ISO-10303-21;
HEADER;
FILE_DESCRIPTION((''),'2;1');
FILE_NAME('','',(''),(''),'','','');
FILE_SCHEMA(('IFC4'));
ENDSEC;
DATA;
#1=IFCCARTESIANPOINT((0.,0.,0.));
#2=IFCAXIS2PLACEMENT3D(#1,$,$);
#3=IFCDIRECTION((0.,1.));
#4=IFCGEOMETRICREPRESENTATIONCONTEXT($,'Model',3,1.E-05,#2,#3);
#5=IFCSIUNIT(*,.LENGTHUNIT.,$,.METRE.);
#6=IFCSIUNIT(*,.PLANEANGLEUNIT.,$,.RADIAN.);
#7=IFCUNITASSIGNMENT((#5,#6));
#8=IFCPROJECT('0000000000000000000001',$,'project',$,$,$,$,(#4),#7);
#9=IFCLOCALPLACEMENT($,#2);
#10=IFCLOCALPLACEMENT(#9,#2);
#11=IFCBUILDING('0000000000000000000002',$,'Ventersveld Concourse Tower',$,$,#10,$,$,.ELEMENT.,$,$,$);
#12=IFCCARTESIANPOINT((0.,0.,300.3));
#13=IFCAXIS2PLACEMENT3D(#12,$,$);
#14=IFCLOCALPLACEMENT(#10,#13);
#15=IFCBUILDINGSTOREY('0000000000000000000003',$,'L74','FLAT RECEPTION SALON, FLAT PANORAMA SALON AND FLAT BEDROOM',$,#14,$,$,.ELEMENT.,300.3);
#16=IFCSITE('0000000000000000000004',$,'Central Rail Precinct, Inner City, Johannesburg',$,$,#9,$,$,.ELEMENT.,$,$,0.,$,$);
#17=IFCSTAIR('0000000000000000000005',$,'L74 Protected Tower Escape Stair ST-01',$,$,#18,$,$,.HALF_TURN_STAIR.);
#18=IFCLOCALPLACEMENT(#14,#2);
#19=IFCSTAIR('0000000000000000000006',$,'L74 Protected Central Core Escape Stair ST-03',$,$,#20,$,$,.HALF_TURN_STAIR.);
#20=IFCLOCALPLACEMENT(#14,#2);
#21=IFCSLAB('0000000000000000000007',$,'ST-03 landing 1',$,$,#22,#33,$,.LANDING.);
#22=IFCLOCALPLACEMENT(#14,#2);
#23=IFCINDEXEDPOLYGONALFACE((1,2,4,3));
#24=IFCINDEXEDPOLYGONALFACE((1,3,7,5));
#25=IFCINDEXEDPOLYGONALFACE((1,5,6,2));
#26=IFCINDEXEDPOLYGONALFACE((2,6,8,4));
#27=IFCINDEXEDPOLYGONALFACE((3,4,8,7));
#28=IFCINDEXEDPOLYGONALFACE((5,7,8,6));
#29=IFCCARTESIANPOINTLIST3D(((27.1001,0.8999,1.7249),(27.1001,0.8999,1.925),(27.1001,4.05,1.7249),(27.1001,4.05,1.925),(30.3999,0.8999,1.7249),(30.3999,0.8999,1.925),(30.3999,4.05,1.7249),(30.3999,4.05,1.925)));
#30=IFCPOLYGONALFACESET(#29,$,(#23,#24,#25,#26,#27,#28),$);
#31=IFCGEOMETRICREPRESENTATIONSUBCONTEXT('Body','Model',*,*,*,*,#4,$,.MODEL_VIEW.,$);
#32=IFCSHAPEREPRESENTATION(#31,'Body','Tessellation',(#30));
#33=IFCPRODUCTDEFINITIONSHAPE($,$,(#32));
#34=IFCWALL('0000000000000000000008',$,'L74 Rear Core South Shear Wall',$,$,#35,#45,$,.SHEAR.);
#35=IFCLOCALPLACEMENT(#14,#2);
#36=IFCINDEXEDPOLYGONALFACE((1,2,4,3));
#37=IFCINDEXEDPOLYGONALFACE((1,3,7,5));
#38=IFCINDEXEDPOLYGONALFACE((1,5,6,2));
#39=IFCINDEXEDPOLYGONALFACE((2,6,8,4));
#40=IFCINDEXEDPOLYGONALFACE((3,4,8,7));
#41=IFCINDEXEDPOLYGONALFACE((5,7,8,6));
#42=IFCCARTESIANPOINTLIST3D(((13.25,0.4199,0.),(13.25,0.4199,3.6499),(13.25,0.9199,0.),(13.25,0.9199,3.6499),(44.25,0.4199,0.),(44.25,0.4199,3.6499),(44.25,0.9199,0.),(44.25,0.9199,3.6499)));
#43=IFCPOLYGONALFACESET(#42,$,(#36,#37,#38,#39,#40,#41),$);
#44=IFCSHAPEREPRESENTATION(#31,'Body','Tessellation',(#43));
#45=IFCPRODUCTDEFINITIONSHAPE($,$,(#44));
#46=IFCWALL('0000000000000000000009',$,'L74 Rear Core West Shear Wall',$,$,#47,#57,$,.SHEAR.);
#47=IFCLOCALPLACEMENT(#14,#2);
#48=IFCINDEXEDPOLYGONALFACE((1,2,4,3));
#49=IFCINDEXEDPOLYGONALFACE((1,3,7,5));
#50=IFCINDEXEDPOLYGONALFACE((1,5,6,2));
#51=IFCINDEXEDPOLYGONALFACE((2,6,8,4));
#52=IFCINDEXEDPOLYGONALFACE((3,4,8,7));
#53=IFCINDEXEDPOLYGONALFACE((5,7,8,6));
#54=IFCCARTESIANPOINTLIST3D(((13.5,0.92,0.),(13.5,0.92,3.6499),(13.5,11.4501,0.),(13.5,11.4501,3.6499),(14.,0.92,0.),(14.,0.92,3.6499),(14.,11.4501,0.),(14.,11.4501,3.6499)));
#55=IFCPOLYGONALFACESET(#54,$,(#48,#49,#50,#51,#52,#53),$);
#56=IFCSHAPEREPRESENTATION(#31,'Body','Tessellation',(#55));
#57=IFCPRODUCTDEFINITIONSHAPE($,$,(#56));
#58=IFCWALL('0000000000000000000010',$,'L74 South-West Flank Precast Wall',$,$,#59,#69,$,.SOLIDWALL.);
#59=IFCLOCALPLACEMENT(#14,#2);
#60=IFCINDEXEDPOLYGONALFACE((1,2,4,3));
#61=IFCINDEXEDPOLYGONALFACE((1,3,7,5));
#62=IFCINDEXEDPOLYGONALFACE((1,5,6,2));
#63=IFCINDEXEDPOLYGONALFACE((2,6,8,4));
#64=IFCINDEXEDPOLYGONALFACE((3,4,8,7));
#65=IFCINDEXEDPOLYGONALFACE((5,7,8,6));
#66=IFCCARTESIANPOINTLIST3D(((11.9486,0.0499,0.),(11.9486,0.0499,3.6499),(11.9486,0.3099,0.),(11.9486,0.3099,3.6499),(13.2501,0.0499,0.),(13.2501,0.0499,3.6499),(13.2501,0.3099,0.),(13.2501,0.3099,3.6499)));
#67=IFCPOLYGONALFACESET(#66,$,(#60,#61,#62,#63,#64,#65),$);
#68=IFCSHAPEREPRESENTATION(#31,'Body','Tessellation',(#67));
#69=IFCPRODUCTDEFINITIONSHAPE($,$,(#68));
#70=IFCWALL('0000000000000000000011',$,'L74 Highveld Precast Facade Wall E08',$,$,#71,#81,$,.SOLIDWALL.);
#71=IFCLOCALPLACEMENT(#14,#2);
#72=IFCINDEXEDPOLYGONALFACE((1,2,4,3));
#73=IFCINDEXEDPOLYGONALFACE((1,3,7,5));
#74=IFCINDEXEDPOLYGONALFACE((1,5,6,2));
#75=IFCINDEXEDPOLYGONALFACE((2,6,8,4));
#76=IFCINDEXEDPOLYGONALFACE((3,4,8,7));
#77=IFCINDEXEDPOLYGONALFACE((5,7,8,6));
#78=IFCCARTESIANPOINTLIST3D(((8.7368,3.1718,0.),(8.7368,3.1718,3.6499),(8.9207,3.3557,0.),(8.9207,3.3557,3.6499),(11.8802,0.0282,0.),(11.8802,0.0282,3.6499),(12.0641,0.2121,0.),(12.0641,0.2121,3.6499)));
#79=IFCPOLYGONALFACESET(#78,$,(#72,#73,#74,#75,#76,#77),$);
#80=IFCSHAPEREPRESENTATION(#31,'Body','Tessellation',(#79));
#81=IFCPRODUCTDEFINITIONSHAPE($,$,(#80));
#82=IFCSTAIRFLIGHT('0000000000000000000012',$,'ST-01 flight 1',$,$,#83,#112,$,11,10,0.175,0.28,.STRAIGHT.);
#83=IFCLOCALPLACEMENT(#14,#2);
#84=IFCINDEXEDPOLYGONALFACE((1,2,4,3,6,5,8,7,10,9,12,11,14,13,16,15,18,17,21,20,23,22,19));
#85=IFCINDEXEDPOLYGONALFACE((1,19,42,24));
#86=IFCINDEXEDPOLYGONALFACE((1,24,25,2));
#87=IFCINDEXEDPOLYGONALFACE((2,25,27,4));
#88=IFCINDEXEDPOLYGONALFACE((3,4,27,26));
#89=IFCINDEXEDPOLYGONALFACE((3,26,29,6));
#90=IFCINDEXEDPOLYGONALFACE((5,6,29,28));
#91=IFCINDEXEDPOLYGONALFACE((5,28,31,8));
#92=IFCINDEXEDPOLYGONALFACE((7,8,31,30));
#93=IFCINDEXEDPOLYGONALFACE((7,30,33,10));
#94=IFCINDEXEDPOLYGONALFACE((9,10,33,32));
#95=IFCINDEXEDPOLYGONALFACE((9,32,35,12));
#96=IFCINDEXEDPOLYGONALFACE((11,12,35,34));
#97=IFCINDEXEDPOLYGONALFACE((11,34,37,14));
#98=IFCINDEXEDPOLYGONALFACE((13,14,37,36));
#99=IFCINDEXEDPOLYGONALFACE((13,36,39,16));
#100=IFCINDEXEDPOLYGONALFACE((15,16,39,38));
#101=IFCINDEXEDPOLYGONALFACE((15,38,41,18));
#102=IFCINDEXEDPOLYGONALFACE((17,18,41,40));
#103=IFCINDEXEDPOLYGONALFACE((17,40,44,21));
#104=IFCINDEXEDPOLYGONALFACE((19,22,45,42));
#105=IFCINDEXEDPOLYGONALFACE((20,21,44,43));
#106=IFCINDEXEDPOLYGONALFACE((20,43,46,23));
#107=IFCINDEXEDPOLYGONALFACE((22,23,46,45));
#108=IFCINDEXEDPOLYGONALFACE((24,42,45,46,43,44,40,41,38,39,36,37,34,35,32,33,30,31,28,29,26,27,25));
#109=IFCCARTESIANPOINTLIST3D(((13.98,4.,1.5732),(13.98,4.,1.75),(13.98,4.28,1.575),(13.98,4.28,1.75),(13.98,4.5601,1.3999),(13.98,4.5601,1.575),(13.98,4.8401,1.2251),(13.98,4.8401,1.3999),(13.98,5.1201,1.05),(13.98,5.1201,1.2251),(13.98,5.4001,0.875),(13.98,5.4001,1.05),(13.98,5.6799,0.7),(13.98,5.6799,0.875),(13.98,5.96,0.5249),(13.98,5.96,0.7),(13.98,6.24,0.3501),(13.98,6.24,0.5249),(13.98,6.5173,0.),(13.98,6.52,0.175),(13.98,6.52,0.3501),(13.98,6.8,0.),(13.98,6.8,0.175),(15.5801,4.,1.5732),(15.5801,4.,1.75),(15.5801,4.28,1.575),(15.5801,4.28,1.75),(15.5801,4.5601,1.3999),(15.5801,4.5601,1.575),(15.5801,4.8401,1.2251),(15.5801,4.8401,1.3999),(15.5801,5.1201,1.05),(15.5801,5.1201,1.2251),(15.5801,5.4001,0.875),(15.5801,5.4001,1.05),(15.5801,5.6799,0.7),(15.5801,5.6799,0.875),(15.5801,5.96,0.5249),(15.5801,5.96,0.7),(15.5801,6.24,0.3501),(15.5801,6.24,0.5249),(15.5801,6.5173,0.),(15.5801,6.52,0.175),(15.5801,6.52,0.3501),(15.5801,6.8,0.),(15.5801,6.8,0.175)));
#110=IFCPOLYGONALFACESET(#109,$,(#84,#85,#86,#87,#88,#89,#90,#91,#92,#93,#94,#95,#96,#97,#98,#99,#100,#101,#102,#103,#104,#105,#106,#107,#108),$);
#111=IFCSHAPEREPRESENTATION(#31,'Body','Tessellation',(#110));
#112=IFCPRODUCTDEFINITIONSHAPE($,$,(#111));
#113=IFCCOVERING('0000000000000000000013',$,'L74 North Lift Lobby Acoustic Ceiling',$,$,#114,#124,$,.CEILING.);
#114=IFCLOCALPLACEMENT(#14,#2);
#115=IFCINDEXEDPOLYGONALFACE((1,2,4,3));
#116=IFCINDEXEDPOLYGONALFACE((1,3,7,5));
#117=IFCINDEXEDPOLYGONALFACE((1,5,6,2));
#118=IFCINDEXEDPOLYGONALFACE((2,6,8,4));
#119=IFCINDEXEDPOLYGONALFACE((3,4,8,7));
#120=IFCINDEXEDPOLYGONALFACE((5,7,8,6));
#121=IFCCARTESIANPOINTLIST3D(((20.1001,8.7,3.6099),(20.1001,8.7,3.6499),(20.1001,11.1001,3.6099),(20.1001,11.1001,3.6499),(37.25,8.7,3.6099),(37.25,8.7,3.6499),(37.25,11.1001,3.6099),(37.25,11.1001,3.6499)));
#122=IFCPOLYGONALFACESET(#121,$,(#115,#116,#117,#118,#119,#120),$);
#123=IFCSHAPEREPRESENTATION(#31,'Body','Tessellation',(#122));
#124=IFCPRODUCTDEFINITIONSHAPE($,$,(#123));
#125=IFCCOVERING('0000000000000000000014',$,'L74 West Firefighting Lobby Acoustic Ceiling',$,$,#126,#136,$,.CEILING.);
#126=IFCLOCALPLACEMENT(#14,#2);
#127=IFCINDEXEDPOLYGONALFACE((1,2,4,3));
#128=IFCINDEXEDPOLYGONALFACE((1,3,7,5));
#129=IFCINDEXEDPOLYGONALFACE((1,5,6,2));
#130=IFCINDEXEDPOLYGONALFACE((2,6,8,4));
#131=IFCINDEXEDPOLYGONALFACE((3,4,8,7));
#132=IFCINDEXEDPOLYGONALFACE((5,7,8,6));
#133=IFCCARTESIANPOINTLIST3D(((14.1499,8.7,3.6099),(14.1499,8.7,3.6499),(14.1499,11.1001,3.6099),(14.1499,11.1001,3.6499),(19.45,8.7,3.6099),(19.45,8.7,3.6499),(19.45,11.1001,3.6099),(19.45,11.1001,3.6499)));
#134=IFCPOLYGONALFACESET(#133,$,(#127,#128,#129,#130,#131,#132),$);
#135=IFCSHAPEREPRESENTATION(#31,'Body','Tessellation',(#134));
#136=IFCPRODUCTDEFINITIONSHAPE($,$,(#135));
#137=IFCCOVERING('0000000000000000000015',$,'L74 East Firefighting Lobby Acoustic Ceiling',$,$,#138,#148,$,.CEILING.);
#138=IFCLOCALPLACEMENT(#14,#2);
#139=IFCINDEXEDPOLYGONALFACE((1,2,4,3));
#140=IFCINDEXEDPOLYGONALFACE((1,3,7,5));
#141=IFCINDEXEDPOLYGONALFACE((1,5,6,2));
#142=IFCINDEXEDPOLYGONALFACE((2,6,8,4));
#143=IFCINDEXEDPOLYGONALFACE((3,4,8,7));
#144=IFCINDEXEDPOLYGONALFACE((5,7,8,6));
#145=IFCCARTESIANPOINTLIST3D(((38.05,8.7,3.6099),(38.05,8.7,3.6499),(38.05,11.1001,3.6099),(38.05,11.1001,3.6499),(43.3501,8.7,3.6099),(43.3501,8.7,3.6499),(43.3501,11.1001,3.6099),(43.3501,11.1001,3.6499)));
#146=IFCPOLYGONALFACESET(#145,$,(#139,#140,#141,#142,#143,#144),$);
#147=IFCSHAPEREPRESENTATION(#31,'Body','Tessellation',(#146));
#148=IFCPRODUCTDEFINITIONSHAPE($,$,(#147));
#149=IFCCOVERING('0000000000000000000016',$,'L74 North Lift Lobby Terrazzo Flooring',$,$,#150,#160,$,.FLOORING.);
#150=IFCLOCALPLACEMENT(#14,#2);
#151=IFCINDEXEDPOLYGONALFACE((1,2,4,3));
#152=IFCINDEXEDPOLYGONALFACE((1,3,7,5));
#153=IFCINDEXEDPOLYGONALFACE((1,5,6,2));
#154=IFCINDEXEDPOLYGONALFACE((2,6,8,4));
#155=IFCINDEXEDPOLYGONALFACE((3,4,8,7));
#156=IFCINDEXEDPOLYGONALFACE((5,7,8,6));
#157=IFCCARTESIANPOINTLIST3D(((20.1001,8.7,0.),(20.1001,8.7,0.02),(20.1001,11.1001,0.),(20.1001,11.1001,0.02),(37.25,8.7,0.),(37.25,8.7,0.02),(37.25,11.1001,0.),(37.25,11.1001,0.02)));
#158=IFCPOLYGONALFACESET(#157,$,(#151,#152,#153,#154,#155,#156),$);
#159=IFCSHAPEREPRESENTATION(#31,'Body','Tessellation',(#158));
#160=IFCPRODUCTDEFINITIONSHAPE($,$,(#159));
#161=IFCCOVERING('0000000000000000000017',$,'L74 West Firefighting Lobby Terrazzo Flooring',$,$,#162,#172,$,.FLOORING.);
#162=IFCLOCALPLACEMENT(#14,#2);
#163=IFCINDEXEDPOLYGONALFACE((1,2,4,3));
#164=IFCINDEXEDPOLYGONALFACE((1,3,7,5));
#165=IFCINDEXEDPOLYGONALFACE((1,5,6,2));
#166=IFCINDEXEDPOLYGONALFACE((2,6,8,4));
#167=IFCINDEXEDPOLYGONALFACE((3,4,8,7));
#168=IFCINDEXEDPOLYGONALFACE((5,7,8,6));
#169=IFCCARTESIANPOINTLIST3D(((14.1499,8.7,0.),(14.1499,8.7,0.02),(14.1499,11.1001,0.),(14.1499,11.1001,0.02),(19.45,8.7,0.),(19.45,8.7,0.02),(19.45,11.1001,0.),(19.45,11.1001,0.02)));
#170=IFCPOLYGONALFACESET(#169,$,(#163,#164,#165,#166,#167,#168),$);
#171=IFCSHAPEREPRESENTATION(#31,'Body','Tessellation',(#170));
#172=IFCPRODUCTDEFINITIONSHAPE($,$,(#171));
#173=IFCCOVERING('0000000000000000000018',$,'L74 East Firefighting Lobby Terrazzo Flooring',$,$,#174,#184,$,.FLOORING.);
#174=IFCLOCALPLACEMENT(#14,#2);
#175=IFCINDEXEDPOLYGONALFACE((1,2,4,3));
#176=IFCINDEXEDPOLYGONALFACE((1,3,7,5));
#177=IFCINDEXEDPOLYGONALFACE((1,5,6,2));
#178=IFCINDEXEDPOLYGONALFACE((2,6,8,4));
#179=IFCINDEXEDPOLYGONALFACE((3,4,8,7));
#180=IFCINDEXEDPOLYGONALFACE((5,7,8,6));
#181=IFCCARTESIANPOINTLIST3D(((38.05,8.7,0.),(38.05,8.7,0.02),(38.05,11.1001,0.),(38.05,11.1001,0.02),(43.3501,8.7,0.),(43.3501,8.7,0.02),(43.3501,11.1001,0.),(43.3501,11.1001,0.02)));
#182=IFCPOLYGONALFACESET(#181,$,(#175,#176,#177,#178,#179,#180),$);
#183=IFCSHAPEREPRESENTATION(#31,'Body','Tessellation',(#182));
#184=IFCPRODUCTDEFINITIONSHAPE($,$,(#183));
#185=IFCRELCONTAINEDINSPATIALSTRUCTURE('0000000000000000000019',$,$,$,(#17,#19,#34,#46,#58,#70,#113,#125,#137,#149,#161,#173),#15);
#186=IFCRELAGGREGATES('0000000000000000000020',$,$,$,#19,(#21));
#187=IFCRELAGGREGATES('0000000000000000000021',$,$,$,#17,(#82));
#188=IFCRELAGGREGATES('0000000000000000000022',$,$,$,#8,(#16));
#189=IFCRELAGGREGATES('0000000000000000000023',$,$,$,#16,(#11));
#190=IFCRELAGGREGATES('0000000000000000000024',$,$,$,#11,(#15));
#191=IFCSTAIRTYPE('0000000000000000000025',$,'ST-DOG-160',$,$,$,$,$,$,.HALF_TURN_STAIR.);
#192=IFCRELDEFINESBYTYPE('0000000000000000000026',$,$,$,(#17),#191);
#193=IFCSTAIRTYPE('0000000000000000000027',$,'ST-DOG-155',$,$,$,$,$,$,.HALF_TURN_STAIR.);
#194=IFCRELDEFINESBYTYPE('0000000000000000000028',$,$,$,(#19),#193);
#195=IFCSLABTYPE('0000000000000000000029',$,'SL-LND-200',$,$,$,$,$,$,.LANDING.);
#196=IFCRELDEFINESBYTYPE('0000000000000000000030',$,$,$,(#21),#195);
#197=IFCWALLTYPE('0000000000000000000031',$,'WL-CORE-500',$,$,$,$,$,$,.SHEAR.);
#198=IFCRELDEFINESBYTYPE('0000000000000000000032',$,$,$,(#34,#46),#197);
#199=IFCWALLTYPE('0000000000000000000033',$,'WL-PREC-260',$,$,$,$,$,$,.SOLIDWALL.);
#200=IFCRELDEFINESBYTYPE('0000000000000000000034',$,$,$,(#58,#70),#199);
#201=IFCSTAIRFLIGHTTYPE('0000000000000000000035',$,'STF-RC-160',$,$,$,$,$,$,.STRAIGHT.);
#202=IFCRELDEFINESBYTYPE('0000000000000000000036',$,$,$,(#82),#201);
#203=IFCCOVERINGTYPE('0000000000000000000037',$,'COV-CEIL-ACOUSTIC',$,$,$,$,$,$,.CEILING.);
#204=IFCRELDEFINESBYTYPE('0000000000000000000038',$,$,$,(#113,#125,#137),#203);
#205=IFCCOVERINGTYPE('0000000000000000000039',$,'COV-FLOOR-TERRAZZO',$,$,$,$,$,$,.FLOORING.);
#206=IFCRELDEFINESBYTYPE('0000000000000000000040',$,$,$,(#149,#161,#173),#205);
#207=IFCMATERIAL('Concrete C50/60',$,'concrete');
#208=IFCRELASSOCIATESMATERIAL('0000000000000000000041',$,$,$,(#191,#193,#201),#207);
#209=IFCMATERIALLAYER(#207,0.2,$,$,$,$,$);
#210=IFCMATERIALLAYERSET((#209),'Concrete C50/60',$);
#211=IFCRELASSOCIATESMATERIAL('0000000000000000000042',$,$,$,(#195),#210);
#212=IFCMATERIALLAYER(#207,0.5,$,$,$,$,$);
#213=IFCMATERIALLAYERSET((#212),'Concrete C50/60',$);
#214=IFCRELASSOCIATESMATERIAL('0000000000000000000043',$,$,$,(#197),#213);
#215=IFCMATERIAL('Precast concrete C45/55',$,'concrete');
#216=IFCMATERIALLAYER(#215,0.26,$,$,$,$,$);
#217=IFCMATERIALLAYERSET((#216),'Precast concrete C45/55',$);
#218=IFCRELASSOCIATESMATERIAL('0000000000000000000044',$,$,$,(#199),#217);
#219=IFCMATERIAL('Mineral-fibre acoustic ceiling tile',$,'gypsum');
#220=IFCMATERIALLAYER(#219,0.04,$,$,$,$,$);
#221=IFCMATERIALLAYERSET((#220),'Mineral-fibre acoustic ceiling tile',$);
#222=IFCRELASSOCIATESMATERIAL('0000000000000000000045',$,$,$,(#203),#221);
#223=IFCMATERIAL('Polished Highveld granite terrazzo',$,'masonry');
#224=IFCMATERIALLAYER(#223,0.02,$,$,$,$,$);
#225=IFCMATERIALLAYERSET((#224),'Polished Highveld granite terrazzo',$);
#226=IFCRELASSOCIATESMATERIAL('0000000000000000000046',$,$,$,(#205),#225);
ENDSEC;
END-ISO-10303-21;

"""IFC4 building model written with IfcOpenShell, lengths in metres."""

from ifc_helpers import new_model, si_unit, direction, frame, frame_2d, origin, place, context, subcontext, project, spatial, polyline, rectangle, outline, extrude, material, layer, layer_set, type_object, element, aggregate, save


model = new_model("IFC4")

# Units and contexts
model_context = context("Model", 3, precision=1e-05, world=origin(), true_north=direction((0.0, 1.0)))
body_context = subcontext(model_context, "Body", "Model", "MODEL_VIEW")
ifc_project = project(units=[si_unit("LENGTHUNIT", "METRE"), si_unit("PLANEANGLEUNIT", "RADIAN")], contexts=[model_context])

# Site, building, storey
site_placement = place(None, origin())
site = spatial("IfcSite", under=ifc_project, at=site_placement, Name="Central Rail Precinct, Inner City, Johannesburg", CompositionType="ELEMENT", RefElevation=0.0)
building_placement = place(site_placement, origin())
building = spatial("IfcBuilding", under=site, at=building_placement, Name="Ventersveld Concourse Tower", CompositionType="ELEMENT")
storey_placement = place(building_placement, frame((0.0, 0.0, 300.3)))
storey = spatial("IfcBuildingStorey", under=building, at=storey_placement, Name="L74", Description="FLAT RECEPTION SALON, FLAT PANORAMA SALON AND FLAT BEDROOM", CompositionType="ELEMENT", Elevation=300.3)

# Shared definitions
ifc_material_1 = material(Name="Concrete C50/60", Category="concrete")

# Stairs, slab
stair_type_1 = type_object("IfcStairType", Name="ST-DOG-160", PredefinedType="HALF_TURN_STAIR", material=ifc_material_1)
stair_1_placement = place(storey_placement, origin())
stair_1 = element("IfcStair", 1, at=stair_1_placement, inside=storey, type_object=stair_type_1, Name="L74 Protected Tower Escape Stair ST-01", PredefinedType="HALF_TURN_STAIR")
ifc_layer_1 = layer(ifc_material_1, 0.2)
ifc_layer_set_1 = layer_set([ifc_layer_1], Name="Concrete C50/60")
slab_type_1 = type_object("IfcSlabType", Name="SL-LND-200", PredefinedType="LANDING", material=ifc_layer_set_1)
stair_type_2 = type_object("IfcStairType", Name="ST-DOG-155", PredefinedType="HALF_TURN_STAIR", material=ifc_material_1)
stair_2_placement = place(storey_placement, origin())
stair_2 = element("IfcStair", 2, at=stair_2_placement, inside=storey, type_object=stair_type_2, Name="L74 Protected Central Core Escape Stair ST-03", PredefinedType="HALF_TURN_STAIR")
slab_1_placement = place(storey_placement, frame((0.0, 0.0, 1.7249)))
slab_1 = element("IfcSlab", 3, at=slab_1_placement, type_object=slab_type_1, Name="ST-03 landing 1", PredefinedType="LANDING", context=body_context, shape_type="SweptSolid", body=[
    extrude(outline(polyline([(27.1001, 4.05), (27.1001, 0.8999), (30.3999, 0.8999), (30.3999, 4.05), (27.1001, 4.05)])), origin(), (0.0, 0.0, 1.0), 0.2002),
])
aggregate(stair_2, [slab_1])

# Walls
ifc_layer_2 = layer(ifc_material_1, 0.5)
ifc_layer_set_2 = layer_set([ifc_layer_2], Name="Concrete C50/60")
wall_type_1 = type_object("IfcWallType", Name="WL-CORE-500", PredefinedType="SHEAR", material=ifc_layer_set_2)
wall_1_placement = place(storey_placement, frame((13.25, 0.6699, 0.0), z_axis=(0.0, 0.0, 1.0), x_axis=(1.0, 0.0, 0.0)))
element("IfcWall", 4, at=wall_1_placement, inside=storey, type_object=wall_type_1, Name="L74 Rear Core South Shear Wall", PredefinedType="SHEAR", context=body_context, shape_type="SweptSolid", body=[
    extrude(rectangle(XDim=31.0, YDim=0.5, at=frame_2d((15.5, 0.0))), origin(), (0.0, 0.0, 1.0), 3.6499),
])
wall_2_placement = place(storey_placement, frame((13.75, 0.9199, 0.0), z_axis=(0.0, 0.0, 1.0), x_axis=(0.0, 1.0, 0.0)))
element("IfcWall", 5, at=wall_2_placement, inside=storey, type_object=wall_type_1, Name="L74 Rear Core West Shear Wall", PredefinedType="SHEAR", context=body_context, shape_type="SweptSolid", body=[
    extrude(rectangle(XDim=10.53, YDim=0.5, at=frame_2d((5.2651, 0.0))), origin(), (0.0, 0.0, 1.0), 3.6499),
])
ifc_material_2 = material(Name="Precast concrete C45/55", Category="concrete")
ifc_layer_3 = layer(ifc_material_2, 0.26)
ifc_layer_set_3 = layer_set([ifc_layer_3], Name="Precast concrete C45/55")
wall_type_2 = type_object("IfcWallType", Name="WL-PREC-260", PredefinedType="SOLIDWALL", material=ifc_layer_set_3)
wall_3_placement = place(storey_placement, frame((11.9485, 0.1799, 0.0), z_axis=(0.0, 0.0, 1.0), x_axis=(1.0, 0.0, 0.0)))
element("IfcWall", 6, at=wall_3_placement, inside=storey, type_object=wall_type_2, Name="L74 South-West Flank Precast Wall", PredefinedType="SOLIDWALL", context=body_context, shape_type="SweptSolid", body=[
    extrude(rectangle(XDim=1.3015, YDim=0.26, at=frame_2d((0.6509, 0.0))), origin(), (0.0, 0.0, 1.0), 3.6499),
])
wall_4_placement = place(storey_placement, frame((8.8289, 3.2637, 0.0), z_axis=(0.0, 0.0, 1.0), x_axis=(0.707079, -0.707134, 0.0)))
element("IfcWall", 7, at=wall_4_placement, inside=storey, type_object=wall_type_2, Name="L74 Highveld Precast Facade Wall E08", PredefinedType="SOLIDWALL", context=body_context, shape_type="SweptSolid", body=[
    extrude(rectangle(XDim=4.4456, YDim=0.26, at=frame_2d((2.2227, 0.0))), origin(), (0.0, 0.0, 1.0), 3.6499),
])

# Stair flight
stair_flight_type = type_object("IfcStairFlightType", Name="STF-RC-160", PredefinedType="STRAIGHT", material=ifc_material_1)
stair_flight_placement = place(storey_placement, frame((14.78, 6.8, 0.0), z_axis=(0.0, 0.0, 1.0), x_axis=(0.0, -1.0, 0.0)))
stair_flight = element("IfcStairFlight", 8, at=stair_flight_placement, type_object=stair_flight_type, Name="ST-01 flight 1", NumberOfRisers=11, NumberOfTreads=10, PredefinedType="STRAIGHT", RiserHeight=0.175, TreadLength=0.28, context=body_context, shape_type="SweptSolid", body=[
    extrude(outline(polyline([(0.0, 0.0), (0.0, 0.175), (0.28, 0.175), (0.28, 0.3501), (0.5601, 0.3501), (0.5601, 0.5249), (0.8401, 0.5249), (0.8401, 0.7), (1.1201, 0.7), (1.1201, 0.875), (1.3999, 0.875), (1.3999, 1.05), (1.6799, 1.05), (1.6799, 1.2251), (1.96, 1.2251), (1.96, 1.3999), (2.24, 1.3999), (2.24, 1.575), (2.52, 1.575), (2.52, 1.75), (2.8, 1.75), (2.8, 1.925), (2.8, 1.5732), (0.2827, 0.0), (0.0, 0.0)])), frame((0.0, 0.8, 0.0), z_axis=(0.0, -1.0, 0.0), x_axis=(1.0, 0.0, 0.0)), (0.0, 0.0, 1.0), 1.6001),
])
aggregate(stair_1, [stair_flight])

# Coverings
ifc_material_3 = material(Name="Mineral-fibre acoustic ceiling tile", Category="gypsum")
ifc_layer_4 = layer(ifc_material_3, 0.04)
ifc_layer_set_4 = layer_set([ifc_layer_4], Name="Mineral-fibre acoustic ceiling tile")
covering_type_1 = type_object("IfcCoveringType", Name="COV-CEIL-ACOUSTIC", PredefinedType="CEILING", material=ifc_layer_set_4)
covering_1_placement = place(storey_placement, frame((0.0, 0.0, 3.6099)))
element("IfcCovering", 9, at=covering_1_placement, inside=storey, type_object=covering_type_1, Name="L74 North Lift Lobby Acoustic Ceiling", PredefinedType="CEILING", context=body_context, shape_type="SweptSolid", body=[
    extrude(outline(polyline([(20.1001, 8.7), (37.25, 8.7), (37.25, 11.1001), (20.1001, 11.1001), (20.1001, 8.7)])), origin(), (0.0, 0.0, 1.0), 0.04),
])
covering_2_placement = place(storey_placement, frame((0.0, 0.0, 3.6099)))
element("IfcCovering", 10, at=covering_2_placement, inside=storey, type_object=covering_type_1, Name="L74 West Firefighting Lobby Acoustic Ceiling", PredefinedType="CEILING", context=body_context, shape_type="SweptSolid", body=[
    extrude(outline(polyline([(14.1499, 8.7), (19.45, 8.7), (19.45, 11.1001), (14.1499, 11.1001), (14.1499, 8.7)])), origin(), (0.0, 0.0, 1.0), 0.04),
])
covering_3_placement = place(storey_placement, frame((0.0, 0.0, 3.6099)))
element("IfcCovering", 11, at=covering_3_placement, inside=storey, type_object=covering_type_1, Name="L74 East Firefighting Lobby Acoustic Ceiling", PredefinedType="CEILING", context=body_context, shape_type="SweptSolid", body=[
    extrude(outline(polyline([(38.05, 8.7), (43.3501, 8.7), (43.3501, 11.1001), (38.05, 11.1001), (38.05, 8.7)])), origin(), (0.0, 0.0, 1.0), 0.04),
])
ifc_material_4 = material(Name="Polished Highveld granite terrazzo", Category="masonry")
ifc_layer_5 = layer(ifc_material_4, 0.02)
ifc_layer_set_5 = layer_set([ifc_layer_5], Name="Polished Highveld granite terrazzo")
covering_type_2 = type_object("IfcCoveringType", Name="COV-FLOOR-TERRAZZO", PredefinedType="FLOORING", material=ifc_layer_set_5)
covering_4_placement = place(storey_placement, origin())
element("IfcCovering", 12, at=covering_4_placement, inside=storey, type_object=covering_type_2, Name="L74 North Lift Lobby Terrazzo Flooring", PredefinedType="FLOORING", context=body_context, shape_type="SweptSolid", body=[
    extrude(outline(polyline([(20.1001, 8.7), (37.25, 8.7), (37.25, 11.1001), (20.1001, 11.1001), (20.1001, 8.7)])), origin(), (0.0, 0.0, 1.0), 0.02),
])
covering_5_placement = place(storey_placement, origin())
element("IfcCovering", 13, at=covering_5_placement, inside=storey, type_object=covering_type_2, Name="L74 West Firefighting Lobby Terrazzo Flooring", PredefinedType="FLOORING", context=body_context, shape_type="SweptSolid", body=[
    extrude(outline(polyline([(14.1499, 8.7), (19.45, 8.7), (19.45, 11.1001), (14.1499, 11.1001), (14.1499, 8.7)])), origin(), (0.0, 0.0, 1.0), 0.02),
])
covering_6_placement = place(storey_placement, origin())
element("IfcCovering", 14, at=covering_6_placement, inside=storey, type_object=covering_type_2, Name="L74 East Firefighting Lobby Terrazzo Flooring", PredefinedType="FLOORING", context=body_context, shape_type="SweptSolid", body=[
    extrude(outline(polyline([(38.05, 8.7), (43.3501, 8.7), (43.3501, 11.1001), (38.05, 11.1001), (38.05, 8.7)])), origin(), (0.0, 0.0, 1.0), 0.02),
])

save(model, "model.ifc")
